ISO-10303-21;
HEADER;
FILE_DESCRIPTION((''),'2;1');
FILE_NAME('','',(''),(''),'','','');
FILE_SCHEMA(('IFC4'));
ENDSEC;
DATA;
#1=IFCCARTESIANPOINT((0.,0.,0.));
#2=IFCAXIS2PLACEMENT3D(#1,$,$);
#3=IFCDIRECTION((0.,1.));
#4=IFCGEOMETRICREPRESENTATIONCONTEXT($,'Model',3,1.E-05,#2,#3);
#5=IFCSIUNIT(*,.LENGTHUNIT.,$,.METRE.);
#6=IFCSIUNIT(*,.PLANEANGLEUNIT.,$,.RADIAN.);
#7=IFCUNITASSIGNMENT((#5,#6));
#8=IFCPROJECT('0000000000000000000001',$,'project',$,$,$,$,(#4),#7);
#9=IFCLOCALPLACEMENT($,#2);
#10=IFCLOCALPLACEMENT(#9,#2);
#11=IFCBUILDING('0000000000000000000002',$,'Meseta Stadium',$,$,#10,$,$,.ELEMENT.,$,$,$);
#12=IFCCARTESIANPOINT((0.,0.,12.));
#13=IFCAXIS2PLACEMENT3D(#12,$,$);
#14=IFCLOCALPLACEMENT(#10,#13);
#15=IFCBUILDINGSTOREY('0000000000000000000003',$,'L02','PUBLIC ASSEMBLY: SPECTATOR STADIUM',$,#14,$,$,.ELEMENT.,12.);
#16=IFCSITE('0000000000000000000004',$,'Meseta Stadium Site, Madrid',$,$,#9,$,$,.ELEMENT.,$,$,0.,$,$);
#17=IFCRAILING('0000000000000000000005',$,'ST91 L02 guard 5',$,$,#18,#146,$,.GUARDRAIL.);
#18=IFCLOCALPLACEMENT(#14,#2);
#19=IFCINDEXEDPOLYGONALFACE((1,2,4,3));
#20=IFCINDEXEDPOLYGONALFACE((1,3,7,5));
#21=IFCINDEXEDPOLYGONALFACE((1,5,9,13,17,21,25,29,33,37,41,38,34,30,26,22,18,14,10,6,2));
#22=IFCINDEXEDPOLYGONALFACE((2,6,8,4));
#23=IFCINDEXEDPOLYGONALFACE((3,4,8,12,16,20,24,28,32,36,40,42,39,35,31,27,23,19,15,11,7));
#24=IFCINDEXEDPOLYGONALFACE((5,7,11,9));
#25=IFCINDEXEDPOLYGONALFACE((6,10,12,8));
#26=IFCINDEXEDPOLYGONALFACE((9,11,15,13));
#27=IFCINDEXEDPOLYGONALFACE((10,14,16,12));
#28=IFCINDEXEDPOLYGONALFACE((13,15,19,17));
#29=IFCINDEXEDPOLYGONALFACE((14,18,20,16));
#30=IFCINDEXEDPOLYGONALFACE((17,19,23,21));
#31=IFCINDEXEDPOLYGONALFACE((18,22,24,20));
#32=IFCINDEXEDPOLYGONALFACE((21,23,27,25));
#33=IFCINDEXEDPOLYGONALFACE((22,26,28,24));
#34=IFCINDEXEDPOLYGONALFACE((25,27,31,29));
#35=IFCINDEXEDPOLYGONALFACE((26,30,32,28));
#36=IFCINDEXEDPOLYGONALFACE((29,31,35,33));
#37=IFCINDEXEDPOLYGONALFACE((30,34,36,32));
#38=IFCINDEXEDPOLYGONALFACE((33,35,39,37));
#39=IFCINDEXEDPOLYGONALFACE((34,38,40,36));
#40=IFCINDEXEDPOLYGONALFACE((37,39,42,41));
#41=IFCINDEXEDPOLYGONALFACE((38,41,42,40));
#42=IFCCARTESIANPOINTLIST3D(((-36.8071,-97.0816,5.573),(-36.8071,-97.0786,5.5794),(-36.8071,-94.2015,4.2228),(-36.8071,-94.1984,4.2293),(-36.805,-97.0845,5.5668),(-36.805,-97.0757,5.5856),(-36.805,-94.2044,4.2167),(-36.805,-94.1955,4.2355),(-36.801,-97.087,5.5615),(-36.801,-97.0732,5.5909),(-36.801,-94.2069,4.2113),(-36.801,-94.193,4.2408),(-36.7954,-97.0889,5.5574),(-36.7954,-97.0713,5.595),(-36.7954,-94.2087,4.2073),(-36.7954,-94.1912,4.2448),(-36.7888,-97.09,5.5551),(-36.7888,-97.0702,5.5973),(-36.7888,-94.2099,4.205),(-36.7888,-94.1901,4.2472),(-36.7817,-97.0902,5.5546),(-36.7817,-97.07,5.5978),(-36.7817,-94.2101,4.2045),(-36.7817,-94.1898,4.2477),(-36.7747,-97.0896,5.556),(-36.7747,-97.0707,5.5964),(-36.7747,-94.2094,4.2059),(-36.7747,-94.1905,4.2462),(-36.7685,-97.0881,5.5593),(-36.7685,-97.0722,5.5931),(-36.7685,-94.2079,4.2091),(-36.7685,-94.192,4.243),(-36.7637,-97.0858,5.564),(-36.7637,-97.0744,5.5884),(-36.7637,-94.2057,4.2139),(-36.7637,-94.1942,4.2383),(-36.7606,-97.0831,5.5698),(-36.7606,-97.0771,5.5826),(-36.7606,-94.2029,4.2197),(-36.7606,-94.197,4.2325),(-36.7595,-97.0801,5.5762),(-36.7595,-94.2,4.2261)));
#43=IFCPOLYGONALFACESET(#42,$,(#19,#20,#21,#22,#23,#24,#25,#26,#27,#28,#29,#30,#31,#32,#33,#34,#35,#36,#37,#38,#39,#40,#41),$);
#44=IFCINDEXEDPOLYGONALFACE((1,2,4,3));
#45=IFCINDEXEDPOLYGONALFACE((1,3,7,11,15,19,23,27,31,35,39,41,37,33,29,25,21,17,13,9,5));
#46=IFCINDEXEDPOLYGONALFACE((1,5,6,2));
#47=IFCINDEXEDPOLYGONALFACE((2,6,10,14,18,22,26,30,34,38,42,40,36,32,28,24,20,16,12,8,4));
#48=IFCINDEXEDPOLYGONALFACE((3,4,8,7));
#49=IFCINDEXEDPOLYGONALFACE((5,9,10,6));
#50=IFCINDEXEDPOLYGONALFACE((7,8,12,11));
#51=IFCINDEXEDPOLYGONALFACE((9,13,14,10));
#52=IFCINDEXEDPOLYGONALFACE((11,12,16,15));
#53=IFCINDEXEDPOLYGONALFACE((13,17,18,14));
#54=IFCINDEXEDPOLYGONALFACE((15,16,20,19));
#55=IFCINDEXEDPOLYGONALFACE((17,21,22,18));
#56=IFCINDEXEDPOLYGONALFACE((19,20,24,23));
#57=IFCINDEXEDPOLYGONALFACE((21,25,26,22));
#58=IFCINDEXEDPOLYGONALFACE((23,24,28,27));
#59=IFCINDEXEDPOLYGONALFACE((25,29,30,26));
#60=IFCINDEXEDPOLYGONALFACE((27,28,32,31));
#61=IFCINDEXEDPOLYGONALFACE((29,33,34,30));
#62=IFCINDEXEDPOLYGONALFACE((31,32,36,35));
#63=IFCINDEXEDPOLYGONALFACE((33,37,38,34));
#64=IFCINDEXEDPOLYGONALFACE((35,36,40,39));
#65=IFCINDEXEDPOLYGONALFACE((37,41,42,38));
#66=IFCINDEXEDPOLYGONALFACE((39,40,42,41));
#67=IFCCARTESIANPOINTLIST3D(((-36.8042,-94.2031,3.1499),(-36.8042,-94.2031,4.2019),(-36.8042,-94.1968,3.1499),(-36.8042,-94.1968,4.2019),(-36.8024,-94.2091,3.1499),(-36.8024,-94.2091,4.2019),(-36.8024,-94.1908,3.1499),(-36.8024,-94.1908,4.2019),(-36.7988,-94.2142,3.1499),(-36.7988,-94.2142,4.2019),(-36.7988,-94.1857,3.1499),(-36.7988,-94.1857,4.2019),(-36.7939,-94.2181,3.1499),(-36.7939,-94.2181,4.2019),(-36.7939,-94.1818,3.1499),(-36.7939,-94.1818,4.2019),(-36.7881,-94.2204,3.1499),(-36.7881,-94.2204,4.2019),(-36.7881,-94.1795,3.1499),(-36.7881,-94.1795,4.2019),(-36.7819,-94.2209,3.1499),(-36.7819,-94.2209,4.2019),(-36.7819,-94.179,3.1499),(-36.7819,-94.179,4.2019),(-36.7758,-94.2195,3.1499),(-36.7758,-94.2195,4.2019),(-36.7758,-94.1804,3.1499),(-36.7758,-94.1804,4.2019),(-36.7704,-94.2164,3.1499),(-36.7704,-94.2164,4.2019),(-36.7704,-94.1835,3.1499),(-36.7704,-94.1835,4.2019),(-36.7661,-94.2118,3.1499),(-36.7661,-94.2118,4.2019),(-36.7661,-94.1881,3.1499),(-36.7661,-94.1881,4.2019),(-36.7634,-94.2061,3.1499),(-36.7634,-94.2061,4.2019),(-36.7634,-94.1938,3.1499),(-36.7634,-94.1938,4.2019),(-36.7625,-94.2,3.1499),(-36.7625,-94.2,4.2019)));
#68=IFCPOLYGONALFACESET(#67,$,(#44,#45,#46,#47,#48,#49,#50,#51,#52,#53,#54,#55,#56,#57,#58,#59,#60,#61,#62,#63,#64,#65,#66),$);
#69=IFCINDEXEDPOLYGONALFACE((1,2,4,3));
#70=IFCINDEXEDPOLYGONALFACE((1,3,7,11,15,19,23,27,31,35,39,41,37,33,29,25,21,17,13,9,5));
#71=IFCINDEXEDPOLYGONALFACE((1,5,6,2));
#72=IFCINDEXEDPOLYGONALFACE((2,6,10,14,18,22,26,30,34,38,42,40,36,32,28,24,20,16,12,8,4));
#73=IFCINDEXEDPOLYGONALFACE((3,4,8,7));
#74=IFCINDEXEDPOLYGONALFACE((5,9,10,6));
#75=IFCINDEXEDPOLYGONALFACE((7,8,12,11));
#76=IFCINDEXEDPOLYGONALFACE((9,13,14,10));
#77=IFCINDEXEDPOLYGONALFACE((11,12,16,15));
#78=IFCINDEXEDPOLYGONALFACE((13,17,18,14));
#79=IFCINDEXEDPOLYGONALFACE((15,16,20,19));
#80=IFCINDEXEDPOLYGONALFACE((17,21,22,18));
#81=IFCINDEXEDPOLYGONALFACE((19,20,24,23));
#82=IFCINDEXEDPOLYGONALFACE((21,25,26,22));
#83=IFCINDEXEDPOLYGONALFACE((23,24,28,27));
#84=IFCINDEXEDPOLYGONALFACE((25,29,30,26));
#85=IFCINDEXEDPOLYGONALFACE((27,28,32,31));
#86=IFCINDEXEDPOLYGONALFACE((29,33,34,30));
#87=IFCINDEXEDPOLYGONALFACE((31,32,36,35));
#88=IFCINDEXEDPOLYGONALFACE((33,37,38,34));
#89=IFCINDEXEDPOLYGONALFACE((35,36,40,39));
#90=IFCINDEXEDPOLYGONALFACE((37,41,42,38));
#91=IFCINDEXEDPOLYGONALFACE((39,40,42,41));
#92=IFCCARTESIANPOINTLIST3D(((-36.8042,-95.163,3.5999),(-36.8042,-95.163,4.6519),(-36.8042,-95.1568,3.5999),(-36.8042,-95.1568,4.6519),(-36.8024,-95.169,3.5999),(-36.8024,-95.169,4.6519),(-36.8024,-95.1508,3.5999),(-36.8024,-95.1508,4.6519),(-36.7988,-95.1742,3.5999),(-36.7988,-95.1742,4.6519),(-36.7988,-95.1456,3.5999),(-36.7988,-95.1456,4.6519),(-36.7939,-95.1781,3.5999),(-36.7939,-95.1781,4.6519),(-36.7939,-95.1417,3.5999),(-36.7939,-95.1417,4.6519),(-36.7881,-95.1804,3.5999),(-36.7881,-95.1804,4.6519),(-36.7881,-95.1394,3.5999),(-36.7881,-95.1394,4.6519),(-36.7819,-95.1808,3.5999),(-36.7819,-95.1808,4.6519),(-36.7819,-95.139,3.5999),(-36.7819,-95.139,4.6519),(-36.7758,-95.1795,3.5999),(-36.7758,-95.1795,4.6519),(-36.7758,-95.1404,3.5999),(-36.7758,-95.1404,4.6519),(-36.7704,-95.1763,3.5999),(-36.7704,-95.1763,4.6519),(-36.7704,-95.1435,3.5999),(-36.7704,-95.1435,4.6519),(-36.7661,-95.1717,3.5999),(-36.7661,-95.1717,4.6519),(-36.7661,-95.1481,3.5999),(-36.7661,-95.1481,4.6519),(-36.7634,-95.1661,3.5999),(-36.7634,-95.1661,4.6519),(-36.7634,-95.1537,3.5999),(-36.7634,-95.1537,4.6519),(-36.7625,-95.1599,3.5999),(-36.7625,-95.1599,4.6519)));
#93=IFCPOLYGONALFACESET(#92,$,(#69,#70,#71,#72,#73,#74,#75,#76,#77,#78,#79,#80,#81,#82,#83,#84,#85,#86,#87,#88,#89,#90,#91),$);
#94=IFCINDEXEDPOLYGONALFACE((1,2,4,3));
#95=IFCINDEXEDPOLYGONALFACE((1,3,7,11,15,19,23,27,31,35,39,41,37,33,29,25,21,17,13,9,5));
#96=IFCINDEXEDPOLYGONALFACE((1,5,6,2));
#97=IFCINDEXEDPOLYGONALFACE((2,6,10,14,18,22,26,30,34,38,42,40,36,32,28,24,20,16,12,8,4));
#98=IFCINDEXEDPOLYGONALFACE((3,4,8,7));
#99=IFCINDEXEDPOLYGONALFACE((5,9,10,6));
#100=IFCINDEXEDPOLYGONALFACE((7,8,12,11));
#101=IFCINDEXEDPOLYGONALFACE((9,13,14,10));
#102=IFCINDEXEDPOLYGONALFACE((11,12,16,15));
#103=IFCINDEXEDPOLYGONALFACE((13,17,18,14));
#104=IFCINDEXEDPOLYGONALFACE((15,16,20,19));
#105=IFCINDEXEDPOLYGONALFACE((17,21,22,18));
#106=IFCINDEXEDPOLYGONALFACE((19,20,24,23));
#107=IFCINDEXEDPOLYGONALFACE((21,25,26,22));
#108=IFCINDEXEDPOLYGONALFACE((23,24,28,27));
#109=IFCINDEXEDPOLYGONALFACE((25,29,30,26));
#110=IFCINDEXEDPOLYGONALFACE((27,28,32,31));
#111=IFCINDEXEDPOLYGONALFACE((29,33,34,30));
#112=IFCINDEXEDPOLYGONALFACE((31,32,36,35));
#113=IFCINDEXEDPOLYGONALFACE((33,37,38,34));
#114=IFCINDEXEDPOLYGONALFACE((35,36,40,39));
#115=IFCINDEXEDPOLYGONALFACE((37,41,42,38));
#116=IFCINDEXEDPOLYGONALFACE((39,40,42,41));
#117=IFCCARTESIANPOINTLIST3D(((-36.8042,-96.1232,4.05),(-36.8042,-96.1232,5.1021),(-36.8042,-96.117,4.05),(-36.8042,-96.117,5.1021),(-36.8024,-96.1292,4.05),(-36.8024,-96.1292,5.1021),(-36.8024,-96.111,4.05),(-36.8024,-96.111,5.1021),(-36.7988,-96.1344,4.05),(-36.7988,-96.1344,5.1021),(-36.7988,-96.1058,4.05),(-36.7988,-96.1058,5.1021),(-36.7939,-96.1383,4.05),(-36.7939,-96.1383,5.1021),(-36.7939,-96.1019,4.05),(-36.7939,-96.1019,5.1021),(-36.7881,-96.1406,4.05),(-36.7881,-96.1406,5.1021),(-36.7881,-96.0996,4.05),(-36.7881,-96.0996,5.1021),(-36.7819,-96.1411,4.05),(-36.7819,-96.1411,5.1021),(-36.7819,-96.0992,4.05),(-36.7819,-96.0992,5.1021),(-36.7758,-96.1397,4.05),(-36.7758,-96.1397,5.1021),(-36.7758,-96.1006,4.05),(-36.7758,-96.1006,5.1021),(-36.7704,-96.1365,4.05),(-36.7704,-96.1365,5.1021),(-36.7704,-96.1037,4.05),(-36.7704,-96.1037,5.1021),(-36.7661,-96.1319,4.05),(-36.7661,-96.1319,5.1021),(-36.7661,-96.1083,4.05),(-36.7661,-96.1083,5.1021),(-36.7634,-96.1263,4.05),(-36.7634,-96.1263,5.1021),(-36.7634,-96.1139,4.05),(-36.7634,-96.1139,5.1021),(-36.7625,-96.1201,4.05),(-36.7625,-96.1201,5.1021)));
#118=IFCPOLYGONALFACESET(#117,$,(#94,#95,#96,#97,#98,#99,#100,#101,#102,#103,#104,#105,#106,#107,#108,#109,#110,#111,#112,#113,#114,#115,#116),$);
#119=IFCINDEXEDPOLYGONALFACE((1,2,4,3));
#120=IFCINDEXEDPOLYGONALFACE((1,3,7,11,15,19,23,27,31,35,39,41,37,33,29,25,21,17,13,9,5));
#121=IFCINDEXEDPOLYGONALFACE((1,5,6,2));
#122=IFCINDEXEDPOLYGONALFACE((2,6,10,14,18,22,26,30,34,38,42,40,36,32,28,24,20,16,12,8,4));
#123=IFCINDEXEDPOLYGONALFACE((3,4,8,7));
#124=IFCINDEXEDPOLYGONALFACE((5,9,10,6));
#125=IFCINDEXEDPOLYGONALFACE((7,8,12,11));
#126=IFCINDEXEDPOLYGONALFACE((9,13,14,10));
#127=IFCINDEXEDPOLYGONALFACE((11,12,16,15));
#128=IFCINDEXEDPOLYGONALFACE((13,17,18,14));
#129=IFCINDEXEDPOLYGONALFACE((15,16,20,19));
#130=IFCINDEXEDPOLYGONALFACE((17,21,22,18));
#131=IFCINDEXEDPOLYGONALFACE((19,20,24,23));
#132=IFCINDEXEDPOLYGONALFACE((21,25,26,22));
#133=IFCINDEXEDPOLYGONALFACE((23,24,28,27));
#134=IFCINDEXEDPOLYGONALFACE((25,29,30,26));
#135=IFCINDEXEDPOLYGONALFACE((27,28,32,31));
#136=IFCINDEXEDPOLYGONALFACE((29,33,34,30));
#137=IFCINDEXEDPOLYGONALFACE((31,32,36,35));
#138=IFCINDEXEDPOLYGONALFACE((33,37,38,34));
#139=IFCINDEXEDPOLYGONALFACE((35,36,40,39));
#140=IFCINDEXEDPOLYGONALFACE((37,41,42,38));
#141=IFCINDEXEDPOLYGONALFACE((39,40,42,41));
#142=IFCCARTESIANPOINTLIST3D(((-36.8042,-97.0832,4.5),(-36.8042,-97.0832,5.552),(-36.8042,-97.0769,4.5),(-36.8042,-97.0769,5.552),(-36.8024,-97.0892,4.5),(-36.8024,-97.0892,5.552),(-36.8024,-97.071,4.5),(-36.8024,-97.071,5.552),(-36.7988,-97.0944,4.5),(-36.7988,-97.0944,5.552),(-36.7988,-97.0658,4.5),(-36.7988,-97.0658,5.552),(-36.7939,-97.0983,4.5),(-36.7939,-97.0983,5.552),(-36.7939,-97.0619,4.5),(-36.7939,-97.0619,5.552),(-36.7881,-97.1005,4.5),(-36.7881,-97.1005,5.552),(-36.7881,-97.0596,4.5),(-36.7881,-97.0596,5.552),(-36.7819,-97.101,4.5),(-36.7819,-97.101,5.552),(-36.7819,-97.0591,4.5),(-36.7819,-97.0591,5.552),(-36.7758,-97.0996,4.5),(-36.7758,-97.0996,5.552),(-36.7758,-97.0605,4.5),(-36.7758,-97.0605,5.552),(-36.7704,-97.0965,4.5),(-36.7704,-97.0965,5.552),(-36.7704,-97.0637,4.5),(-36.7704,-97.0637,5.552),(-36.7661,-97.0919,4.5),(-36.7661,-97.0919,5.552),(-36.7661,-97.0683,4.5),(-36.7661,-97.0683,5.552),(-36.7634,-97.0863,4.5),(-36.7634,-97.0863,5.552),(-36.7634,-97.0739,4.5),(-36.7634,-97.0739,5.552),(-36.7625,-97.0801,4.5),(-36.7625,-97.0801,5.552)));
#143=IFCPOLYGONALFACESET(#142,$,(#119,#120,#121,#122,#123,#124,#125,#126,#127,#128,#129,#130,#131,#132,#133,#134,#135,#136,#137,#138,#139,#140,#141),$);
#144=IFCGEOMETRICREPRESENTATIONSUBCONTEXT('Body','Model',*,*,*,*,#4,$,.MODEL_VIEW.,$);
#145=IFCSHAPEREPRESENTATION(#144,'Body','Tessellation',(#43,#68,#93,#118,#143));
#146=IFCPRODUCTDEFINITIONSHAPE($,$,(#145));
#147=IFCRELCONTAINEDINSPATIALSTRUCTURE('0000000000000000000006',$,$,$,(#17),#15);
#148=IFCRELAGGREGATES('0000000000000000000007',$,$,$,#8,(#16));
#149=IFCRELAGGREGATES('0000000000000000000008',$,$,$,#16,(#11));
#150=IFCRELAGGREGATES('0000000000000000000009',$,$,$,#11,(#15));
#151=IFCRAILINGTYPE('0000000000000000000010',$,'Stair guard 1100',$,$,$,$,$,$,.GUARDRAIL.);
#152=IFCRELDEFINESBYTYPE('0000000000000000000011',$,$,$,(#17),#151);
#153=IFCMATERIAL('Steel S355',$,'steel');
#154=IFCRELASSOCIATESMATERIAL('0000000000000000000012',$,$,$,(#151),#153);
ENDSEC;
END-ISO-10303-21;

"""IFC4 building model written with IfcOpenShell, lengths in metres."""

from ifc_helpers import new_model, si_unit, direction, frame, origin, origin_2d, place, context, subcontext, project, spatial, circle, extrude, material, type_object, element, save


model = new_model("IFC4")

# Units and contexts
model_context = context("Model", 3, precision=1e-05, world=origin(), true_north=direction((0.0, 1.0)))
body_context = subcontext(model_context, "Body", "Model", "MODEL_VIEW")
ifc_project = project(units=[si_unit("LENGTHUNIT", "METRE"), si_unit("PLANEANGLEUNIT", "RADIAN")], contexts=[model_context])

# Site, building, storey
site_placement = place(None, origin())
site = spatial("IfcSite", under=ifc_project, at=site_placement, Name="Meseta Stadium Site, Madrid", CompositionType="ELEMENT", RefElevation=0.0)
building_placement = place(site_placement, origin())
building = spatial("IfcBuilding", under=site, at=building_placement, Name="Meseta Stadium", CompositionType="ELEMENT")
storey_placement = place(building_placement, frame((0.0, 0.0, 12.0)))
storey = spatial("IfcBuildingStorey", under=building, at=storey_placement, Name="L02", Description="PUBLIC ASSEMBLY: SPECTATOR STADIUM", CompositionType="ELEMENT", Elevation=12.0)

# Railing
ifc_material_1 = material(Name="Steel S355", Category="steel")
railing_type = type_object("IfcRailingType", Name="Stair guard 1100", PredefinedType="GUARDRAIL", material=ifc_material_1)
railing_placement = place(storey_placement, frame((-36.7834, -94.2, 3.1499)))
element("IfcRailing", 1, at=railing_placement, inside=storey, type_object=railing_type, Name="ST91 L02 guard 5", PredefinedType="GUARDRAIL", context=body_context, shape_type="SweptSolid", body=[
    extrude(circle(Radius=0.0239, at=origin_2d()), frame((0.0, 0.0, 1.0762), z_axis=(0.0, -0.905454, 0.424444), x_axis=(1.0, 0.0, 0.0)), (0.0, 0.0, 1.0), 3.1809),
    extrude(circle(Radius=0.021, at=origin_2d()), origin(), (0.0, 0.0, 1.0), 1.052),
    extrude(circle(Radius=0.021, at=origin_2d()), frame((0.0, -0.96, 0.45)), (0.0, 0.0, 1.0), 1.052),
    extrude(circle(Radius=0.021, at=origin_2d()), frame((0.0, -1.9202, 0.9001)), (0.0, 0.0, 1.0), 1.052),
    extrude(circle(Radius=0.021, at=origin_2d()), frame((0.0, -2.8801, 1.3501)), (0.0, 0.0, 1.0), 1.052),
])

save(model, "model.ifc")
